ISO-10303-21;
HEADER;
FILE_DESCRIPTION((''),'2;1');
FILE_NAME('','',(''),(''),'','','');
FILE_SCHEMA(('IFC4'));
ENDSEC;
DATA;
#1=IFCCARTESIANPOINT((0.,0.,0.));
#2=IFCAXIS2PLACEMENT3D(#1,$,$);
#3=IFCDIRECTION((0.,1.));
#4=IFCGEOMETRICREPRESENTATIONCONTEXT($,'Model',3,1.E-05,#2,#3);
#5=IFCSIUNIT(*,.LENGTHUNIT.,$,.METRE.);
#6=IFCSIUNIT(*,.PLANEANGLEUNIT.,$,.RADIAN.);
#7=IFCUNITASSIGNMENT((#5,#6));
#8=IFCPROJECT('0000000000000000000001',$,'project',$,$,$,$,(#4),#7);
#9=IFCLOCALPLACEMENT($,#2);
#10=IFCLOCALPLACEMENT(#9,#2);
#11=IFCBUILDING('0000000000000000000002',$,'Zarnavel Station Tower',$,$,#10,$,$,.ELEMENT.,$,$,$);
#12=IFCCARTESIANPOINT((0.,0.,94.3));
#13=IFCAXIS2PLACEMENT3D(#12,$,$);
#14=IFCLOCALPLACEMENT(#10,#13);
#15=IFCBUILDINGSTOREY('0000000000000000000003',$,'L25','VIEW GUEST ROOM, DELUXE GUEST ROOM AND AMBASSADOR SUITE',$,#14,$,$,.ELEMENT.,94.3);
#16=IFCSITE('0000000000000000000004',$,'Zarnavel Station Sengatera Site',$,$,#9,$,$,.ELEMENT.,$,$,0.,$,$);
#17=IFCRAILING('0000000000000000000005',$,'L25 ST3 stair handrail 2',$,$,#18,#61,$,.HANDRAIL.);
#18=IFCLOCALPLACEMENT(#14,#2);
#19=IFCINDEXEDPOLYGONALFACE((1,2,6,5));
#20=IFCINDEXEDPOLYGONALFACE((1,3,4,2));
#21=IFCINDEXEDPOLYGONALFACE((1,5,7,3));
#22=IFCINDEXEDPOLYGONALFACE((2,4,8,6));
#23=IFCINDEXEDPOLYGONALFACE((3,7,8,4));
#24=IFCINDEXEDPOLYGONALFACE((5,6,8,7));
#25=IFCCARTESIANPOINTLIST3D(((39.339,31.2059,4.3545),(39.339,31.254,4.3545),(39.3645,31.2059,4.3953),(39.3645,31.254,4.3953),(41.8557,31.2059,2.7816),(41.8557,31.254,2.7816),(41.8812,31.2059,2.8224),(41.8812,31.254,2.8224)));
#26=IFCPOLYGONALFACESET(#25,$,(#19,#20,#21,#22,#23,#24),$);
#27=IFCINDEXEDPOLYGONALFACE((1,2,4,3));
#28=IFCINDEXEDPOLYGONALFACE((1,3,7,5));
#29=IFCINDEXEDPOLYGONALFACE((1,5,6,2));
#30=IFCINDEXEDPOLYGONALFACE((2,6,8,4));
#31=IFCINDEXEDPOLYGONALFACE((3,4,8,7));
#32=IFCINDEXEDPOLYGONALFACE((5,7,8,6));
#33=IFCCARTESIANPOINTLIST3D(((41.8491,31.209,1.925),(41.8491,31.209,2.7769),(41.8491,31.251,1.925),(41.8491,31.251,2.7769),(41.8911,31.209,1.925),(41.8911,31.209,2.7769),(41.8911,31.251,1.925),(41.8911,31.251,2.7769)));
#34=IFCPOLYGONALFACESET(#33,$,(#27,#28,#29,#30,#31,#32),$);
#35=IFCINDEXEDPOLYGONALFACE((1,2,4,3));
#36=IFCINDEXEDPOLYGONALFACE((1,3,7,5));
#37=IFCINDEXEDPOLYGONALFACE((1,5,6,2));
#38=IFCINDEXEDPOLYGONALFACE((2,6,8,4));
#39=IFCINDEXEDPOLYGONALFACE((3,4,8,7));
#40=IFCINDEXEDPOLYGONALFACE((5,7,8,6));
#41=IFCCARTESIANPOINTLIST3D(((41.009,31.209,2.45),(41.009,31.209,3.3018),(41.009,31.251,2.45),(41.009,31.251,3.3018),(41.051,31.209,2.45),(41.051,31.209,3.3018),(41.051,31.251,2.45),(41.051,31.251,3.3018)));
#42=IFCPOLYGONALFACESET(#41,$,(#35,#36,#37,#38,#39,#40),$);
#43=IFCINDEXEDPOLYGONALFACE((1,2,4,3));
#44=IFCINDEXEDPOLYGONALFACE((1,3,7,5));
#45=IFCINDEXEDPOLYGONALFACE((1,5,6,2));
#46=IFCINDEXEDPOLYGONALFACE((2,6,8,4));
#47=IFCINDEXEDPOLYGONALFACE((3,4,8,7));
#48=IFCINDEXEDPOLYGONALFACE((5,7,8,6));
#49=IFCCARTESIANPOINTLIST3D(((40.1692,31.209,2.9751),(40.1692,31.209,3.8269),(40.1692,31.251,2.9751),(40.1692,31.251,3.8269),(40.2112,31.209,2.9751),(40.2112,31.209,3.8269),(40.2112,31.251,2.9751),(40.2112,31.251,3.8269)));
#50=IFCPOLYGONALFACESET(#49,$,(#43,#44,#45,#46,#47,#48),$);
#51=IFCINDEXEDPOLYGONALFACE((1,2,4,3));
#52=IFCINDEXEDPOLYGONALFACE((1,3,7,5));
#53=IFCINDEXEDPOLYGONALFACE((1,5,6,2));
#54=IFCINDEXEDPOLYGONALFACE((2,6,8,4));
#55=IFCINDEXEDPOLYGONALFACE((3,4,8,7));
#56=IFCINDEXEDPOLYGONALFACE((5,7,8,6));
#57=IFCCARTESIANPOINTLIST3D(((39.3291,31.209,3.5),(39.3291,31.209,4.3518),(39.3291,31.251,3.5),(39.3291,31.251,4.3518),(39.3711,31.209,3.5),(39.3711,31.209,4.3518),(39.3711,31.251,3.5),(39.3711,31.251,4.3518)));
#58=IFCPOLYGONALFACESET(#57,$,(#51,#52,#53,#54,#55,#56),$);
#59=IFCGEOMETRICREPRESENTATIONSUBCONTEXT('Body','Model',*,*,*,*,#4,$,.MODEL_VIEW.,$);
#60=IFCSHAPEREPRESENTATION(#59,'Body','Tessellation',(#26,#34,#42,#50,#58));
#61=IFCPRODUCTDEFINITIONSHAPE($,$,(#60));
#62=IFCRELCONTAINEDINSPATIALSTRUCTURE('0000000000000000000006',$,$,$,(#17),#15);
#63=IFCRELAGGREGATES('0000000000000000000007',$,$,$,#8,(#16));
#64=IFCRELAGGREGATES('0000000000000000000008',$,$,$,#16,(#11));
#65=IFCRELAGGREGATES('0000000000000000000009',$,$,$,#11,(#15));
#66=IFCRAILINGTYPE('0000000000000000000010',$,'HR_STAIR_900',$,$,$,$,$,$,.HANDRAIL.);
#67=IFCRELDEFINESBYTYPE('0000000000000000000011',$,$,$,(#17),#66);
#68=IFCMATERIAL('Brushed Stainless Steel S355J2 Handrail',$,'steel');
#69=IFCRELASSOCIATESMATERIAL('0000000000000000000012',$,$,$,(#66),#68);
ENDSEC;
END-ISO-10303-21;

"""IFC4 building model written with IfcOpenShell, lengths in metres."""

from ifc_helpers import new_model, si_unit, direction, frame, origin, origin_2d, place, context, subcontext, project, spatial, rectangle, extrude, material, type_object, element, save


model = new_model("IFC4")

# Units and contexts
model_context = context("Model", 3, precision=1e-05, world=origin(), true_north=direction((0.0, 1.0)))
body_context = subcontext(model_context, "Body", "Model", "MODEL_VIEW")
ifc_project = project(units=[si_unit("LENGTHUNIT", "METRE"), si_unit("PLANEANGLEUNIT", "RADIAN")], contexts=[model_context])

# Site, building, storey
site_placement = place(None, origin())
site = spatial("IfcSite", under=ifc_project, at=site_placement, Name="Zarnavel Station Sengatera Site", CompositionType="ELEMENT", RefElevation=0.0)
building_placement = place(site_placement, origin())
building = spatial("IfcBuilding", under=site, at=building_placement, Name="Zarnavel Station Tower", CompositionType="ELEMENT")
storey_placement = place(building_placement, frame((0.0, 0.0, 94.3)))
storey = spatial("IfcBuildingStorey", under=building, at=storey_placement, Name="L25", Description="VIEW GUEST ROOM, DELUXE GUEST ROOM AND AMBASSADOR SUITE", CompositionType="ELEMENT", Elevation=94.3)

# Railing
ifc_material_1 = material(Name="Brushed Stainless Steel S355J2 Handrail", Category="steel")
railing_type_1 = type_object("IfcRailingType", Name="HR_STAIR_900", PredefinedType="HANDRAIL", material=ifc_material_1)
for number, where, name in (
    (1, (41.8701, 31.23, 1.925), "L25 ST3 stair handrail 2"),
):
    element("IfcRailing", number, at=place(storey_placement, frame(where)), inside=storey, type_object=railing_type_1, Name=name, PredefinedType="HANDRAIL", context=body_context, shape_type="SweptSolid", body=[
        extrude(rectangle(XDim=0.0481, YDim=0.0481, at=origin_2d()), frame((-0.0017, 0.0, 0.877), z_axis=(-0.848008, 0.0, 0.529984), x_axis=(0.0, -1.0, 0.0)), (0.0, 0.0, 1.0), 2.9678),
        extrude(rectangle(XDim=0.042, YDim=0.042, at=origin_2d()), origin(), (0.0, 0.0, 1.0), 0.8518),
        extrude(rectangle(XDim=0.042, YDim=0.042, at=origin_2d()), frame((-0.8401, 0.0, 0.5249)), (0.0, 0.0, 1.0), 0.8518),
        extrude(rectangle(XDim=0.042, YDim=0.042, at=origin_2d()), frame((-1.6799, 0.0, 1.05)), (0.0, 0.0, 1.0), 0.8518),
        extrude(rectangle(XDim=0.042, YDim=0.042, at=origin_2d()), frame((-2.52, 0.0, 1.575)), (0.0, 0.0, 1.0), 0.8518),
    ])

save(model, "model.ifc")
